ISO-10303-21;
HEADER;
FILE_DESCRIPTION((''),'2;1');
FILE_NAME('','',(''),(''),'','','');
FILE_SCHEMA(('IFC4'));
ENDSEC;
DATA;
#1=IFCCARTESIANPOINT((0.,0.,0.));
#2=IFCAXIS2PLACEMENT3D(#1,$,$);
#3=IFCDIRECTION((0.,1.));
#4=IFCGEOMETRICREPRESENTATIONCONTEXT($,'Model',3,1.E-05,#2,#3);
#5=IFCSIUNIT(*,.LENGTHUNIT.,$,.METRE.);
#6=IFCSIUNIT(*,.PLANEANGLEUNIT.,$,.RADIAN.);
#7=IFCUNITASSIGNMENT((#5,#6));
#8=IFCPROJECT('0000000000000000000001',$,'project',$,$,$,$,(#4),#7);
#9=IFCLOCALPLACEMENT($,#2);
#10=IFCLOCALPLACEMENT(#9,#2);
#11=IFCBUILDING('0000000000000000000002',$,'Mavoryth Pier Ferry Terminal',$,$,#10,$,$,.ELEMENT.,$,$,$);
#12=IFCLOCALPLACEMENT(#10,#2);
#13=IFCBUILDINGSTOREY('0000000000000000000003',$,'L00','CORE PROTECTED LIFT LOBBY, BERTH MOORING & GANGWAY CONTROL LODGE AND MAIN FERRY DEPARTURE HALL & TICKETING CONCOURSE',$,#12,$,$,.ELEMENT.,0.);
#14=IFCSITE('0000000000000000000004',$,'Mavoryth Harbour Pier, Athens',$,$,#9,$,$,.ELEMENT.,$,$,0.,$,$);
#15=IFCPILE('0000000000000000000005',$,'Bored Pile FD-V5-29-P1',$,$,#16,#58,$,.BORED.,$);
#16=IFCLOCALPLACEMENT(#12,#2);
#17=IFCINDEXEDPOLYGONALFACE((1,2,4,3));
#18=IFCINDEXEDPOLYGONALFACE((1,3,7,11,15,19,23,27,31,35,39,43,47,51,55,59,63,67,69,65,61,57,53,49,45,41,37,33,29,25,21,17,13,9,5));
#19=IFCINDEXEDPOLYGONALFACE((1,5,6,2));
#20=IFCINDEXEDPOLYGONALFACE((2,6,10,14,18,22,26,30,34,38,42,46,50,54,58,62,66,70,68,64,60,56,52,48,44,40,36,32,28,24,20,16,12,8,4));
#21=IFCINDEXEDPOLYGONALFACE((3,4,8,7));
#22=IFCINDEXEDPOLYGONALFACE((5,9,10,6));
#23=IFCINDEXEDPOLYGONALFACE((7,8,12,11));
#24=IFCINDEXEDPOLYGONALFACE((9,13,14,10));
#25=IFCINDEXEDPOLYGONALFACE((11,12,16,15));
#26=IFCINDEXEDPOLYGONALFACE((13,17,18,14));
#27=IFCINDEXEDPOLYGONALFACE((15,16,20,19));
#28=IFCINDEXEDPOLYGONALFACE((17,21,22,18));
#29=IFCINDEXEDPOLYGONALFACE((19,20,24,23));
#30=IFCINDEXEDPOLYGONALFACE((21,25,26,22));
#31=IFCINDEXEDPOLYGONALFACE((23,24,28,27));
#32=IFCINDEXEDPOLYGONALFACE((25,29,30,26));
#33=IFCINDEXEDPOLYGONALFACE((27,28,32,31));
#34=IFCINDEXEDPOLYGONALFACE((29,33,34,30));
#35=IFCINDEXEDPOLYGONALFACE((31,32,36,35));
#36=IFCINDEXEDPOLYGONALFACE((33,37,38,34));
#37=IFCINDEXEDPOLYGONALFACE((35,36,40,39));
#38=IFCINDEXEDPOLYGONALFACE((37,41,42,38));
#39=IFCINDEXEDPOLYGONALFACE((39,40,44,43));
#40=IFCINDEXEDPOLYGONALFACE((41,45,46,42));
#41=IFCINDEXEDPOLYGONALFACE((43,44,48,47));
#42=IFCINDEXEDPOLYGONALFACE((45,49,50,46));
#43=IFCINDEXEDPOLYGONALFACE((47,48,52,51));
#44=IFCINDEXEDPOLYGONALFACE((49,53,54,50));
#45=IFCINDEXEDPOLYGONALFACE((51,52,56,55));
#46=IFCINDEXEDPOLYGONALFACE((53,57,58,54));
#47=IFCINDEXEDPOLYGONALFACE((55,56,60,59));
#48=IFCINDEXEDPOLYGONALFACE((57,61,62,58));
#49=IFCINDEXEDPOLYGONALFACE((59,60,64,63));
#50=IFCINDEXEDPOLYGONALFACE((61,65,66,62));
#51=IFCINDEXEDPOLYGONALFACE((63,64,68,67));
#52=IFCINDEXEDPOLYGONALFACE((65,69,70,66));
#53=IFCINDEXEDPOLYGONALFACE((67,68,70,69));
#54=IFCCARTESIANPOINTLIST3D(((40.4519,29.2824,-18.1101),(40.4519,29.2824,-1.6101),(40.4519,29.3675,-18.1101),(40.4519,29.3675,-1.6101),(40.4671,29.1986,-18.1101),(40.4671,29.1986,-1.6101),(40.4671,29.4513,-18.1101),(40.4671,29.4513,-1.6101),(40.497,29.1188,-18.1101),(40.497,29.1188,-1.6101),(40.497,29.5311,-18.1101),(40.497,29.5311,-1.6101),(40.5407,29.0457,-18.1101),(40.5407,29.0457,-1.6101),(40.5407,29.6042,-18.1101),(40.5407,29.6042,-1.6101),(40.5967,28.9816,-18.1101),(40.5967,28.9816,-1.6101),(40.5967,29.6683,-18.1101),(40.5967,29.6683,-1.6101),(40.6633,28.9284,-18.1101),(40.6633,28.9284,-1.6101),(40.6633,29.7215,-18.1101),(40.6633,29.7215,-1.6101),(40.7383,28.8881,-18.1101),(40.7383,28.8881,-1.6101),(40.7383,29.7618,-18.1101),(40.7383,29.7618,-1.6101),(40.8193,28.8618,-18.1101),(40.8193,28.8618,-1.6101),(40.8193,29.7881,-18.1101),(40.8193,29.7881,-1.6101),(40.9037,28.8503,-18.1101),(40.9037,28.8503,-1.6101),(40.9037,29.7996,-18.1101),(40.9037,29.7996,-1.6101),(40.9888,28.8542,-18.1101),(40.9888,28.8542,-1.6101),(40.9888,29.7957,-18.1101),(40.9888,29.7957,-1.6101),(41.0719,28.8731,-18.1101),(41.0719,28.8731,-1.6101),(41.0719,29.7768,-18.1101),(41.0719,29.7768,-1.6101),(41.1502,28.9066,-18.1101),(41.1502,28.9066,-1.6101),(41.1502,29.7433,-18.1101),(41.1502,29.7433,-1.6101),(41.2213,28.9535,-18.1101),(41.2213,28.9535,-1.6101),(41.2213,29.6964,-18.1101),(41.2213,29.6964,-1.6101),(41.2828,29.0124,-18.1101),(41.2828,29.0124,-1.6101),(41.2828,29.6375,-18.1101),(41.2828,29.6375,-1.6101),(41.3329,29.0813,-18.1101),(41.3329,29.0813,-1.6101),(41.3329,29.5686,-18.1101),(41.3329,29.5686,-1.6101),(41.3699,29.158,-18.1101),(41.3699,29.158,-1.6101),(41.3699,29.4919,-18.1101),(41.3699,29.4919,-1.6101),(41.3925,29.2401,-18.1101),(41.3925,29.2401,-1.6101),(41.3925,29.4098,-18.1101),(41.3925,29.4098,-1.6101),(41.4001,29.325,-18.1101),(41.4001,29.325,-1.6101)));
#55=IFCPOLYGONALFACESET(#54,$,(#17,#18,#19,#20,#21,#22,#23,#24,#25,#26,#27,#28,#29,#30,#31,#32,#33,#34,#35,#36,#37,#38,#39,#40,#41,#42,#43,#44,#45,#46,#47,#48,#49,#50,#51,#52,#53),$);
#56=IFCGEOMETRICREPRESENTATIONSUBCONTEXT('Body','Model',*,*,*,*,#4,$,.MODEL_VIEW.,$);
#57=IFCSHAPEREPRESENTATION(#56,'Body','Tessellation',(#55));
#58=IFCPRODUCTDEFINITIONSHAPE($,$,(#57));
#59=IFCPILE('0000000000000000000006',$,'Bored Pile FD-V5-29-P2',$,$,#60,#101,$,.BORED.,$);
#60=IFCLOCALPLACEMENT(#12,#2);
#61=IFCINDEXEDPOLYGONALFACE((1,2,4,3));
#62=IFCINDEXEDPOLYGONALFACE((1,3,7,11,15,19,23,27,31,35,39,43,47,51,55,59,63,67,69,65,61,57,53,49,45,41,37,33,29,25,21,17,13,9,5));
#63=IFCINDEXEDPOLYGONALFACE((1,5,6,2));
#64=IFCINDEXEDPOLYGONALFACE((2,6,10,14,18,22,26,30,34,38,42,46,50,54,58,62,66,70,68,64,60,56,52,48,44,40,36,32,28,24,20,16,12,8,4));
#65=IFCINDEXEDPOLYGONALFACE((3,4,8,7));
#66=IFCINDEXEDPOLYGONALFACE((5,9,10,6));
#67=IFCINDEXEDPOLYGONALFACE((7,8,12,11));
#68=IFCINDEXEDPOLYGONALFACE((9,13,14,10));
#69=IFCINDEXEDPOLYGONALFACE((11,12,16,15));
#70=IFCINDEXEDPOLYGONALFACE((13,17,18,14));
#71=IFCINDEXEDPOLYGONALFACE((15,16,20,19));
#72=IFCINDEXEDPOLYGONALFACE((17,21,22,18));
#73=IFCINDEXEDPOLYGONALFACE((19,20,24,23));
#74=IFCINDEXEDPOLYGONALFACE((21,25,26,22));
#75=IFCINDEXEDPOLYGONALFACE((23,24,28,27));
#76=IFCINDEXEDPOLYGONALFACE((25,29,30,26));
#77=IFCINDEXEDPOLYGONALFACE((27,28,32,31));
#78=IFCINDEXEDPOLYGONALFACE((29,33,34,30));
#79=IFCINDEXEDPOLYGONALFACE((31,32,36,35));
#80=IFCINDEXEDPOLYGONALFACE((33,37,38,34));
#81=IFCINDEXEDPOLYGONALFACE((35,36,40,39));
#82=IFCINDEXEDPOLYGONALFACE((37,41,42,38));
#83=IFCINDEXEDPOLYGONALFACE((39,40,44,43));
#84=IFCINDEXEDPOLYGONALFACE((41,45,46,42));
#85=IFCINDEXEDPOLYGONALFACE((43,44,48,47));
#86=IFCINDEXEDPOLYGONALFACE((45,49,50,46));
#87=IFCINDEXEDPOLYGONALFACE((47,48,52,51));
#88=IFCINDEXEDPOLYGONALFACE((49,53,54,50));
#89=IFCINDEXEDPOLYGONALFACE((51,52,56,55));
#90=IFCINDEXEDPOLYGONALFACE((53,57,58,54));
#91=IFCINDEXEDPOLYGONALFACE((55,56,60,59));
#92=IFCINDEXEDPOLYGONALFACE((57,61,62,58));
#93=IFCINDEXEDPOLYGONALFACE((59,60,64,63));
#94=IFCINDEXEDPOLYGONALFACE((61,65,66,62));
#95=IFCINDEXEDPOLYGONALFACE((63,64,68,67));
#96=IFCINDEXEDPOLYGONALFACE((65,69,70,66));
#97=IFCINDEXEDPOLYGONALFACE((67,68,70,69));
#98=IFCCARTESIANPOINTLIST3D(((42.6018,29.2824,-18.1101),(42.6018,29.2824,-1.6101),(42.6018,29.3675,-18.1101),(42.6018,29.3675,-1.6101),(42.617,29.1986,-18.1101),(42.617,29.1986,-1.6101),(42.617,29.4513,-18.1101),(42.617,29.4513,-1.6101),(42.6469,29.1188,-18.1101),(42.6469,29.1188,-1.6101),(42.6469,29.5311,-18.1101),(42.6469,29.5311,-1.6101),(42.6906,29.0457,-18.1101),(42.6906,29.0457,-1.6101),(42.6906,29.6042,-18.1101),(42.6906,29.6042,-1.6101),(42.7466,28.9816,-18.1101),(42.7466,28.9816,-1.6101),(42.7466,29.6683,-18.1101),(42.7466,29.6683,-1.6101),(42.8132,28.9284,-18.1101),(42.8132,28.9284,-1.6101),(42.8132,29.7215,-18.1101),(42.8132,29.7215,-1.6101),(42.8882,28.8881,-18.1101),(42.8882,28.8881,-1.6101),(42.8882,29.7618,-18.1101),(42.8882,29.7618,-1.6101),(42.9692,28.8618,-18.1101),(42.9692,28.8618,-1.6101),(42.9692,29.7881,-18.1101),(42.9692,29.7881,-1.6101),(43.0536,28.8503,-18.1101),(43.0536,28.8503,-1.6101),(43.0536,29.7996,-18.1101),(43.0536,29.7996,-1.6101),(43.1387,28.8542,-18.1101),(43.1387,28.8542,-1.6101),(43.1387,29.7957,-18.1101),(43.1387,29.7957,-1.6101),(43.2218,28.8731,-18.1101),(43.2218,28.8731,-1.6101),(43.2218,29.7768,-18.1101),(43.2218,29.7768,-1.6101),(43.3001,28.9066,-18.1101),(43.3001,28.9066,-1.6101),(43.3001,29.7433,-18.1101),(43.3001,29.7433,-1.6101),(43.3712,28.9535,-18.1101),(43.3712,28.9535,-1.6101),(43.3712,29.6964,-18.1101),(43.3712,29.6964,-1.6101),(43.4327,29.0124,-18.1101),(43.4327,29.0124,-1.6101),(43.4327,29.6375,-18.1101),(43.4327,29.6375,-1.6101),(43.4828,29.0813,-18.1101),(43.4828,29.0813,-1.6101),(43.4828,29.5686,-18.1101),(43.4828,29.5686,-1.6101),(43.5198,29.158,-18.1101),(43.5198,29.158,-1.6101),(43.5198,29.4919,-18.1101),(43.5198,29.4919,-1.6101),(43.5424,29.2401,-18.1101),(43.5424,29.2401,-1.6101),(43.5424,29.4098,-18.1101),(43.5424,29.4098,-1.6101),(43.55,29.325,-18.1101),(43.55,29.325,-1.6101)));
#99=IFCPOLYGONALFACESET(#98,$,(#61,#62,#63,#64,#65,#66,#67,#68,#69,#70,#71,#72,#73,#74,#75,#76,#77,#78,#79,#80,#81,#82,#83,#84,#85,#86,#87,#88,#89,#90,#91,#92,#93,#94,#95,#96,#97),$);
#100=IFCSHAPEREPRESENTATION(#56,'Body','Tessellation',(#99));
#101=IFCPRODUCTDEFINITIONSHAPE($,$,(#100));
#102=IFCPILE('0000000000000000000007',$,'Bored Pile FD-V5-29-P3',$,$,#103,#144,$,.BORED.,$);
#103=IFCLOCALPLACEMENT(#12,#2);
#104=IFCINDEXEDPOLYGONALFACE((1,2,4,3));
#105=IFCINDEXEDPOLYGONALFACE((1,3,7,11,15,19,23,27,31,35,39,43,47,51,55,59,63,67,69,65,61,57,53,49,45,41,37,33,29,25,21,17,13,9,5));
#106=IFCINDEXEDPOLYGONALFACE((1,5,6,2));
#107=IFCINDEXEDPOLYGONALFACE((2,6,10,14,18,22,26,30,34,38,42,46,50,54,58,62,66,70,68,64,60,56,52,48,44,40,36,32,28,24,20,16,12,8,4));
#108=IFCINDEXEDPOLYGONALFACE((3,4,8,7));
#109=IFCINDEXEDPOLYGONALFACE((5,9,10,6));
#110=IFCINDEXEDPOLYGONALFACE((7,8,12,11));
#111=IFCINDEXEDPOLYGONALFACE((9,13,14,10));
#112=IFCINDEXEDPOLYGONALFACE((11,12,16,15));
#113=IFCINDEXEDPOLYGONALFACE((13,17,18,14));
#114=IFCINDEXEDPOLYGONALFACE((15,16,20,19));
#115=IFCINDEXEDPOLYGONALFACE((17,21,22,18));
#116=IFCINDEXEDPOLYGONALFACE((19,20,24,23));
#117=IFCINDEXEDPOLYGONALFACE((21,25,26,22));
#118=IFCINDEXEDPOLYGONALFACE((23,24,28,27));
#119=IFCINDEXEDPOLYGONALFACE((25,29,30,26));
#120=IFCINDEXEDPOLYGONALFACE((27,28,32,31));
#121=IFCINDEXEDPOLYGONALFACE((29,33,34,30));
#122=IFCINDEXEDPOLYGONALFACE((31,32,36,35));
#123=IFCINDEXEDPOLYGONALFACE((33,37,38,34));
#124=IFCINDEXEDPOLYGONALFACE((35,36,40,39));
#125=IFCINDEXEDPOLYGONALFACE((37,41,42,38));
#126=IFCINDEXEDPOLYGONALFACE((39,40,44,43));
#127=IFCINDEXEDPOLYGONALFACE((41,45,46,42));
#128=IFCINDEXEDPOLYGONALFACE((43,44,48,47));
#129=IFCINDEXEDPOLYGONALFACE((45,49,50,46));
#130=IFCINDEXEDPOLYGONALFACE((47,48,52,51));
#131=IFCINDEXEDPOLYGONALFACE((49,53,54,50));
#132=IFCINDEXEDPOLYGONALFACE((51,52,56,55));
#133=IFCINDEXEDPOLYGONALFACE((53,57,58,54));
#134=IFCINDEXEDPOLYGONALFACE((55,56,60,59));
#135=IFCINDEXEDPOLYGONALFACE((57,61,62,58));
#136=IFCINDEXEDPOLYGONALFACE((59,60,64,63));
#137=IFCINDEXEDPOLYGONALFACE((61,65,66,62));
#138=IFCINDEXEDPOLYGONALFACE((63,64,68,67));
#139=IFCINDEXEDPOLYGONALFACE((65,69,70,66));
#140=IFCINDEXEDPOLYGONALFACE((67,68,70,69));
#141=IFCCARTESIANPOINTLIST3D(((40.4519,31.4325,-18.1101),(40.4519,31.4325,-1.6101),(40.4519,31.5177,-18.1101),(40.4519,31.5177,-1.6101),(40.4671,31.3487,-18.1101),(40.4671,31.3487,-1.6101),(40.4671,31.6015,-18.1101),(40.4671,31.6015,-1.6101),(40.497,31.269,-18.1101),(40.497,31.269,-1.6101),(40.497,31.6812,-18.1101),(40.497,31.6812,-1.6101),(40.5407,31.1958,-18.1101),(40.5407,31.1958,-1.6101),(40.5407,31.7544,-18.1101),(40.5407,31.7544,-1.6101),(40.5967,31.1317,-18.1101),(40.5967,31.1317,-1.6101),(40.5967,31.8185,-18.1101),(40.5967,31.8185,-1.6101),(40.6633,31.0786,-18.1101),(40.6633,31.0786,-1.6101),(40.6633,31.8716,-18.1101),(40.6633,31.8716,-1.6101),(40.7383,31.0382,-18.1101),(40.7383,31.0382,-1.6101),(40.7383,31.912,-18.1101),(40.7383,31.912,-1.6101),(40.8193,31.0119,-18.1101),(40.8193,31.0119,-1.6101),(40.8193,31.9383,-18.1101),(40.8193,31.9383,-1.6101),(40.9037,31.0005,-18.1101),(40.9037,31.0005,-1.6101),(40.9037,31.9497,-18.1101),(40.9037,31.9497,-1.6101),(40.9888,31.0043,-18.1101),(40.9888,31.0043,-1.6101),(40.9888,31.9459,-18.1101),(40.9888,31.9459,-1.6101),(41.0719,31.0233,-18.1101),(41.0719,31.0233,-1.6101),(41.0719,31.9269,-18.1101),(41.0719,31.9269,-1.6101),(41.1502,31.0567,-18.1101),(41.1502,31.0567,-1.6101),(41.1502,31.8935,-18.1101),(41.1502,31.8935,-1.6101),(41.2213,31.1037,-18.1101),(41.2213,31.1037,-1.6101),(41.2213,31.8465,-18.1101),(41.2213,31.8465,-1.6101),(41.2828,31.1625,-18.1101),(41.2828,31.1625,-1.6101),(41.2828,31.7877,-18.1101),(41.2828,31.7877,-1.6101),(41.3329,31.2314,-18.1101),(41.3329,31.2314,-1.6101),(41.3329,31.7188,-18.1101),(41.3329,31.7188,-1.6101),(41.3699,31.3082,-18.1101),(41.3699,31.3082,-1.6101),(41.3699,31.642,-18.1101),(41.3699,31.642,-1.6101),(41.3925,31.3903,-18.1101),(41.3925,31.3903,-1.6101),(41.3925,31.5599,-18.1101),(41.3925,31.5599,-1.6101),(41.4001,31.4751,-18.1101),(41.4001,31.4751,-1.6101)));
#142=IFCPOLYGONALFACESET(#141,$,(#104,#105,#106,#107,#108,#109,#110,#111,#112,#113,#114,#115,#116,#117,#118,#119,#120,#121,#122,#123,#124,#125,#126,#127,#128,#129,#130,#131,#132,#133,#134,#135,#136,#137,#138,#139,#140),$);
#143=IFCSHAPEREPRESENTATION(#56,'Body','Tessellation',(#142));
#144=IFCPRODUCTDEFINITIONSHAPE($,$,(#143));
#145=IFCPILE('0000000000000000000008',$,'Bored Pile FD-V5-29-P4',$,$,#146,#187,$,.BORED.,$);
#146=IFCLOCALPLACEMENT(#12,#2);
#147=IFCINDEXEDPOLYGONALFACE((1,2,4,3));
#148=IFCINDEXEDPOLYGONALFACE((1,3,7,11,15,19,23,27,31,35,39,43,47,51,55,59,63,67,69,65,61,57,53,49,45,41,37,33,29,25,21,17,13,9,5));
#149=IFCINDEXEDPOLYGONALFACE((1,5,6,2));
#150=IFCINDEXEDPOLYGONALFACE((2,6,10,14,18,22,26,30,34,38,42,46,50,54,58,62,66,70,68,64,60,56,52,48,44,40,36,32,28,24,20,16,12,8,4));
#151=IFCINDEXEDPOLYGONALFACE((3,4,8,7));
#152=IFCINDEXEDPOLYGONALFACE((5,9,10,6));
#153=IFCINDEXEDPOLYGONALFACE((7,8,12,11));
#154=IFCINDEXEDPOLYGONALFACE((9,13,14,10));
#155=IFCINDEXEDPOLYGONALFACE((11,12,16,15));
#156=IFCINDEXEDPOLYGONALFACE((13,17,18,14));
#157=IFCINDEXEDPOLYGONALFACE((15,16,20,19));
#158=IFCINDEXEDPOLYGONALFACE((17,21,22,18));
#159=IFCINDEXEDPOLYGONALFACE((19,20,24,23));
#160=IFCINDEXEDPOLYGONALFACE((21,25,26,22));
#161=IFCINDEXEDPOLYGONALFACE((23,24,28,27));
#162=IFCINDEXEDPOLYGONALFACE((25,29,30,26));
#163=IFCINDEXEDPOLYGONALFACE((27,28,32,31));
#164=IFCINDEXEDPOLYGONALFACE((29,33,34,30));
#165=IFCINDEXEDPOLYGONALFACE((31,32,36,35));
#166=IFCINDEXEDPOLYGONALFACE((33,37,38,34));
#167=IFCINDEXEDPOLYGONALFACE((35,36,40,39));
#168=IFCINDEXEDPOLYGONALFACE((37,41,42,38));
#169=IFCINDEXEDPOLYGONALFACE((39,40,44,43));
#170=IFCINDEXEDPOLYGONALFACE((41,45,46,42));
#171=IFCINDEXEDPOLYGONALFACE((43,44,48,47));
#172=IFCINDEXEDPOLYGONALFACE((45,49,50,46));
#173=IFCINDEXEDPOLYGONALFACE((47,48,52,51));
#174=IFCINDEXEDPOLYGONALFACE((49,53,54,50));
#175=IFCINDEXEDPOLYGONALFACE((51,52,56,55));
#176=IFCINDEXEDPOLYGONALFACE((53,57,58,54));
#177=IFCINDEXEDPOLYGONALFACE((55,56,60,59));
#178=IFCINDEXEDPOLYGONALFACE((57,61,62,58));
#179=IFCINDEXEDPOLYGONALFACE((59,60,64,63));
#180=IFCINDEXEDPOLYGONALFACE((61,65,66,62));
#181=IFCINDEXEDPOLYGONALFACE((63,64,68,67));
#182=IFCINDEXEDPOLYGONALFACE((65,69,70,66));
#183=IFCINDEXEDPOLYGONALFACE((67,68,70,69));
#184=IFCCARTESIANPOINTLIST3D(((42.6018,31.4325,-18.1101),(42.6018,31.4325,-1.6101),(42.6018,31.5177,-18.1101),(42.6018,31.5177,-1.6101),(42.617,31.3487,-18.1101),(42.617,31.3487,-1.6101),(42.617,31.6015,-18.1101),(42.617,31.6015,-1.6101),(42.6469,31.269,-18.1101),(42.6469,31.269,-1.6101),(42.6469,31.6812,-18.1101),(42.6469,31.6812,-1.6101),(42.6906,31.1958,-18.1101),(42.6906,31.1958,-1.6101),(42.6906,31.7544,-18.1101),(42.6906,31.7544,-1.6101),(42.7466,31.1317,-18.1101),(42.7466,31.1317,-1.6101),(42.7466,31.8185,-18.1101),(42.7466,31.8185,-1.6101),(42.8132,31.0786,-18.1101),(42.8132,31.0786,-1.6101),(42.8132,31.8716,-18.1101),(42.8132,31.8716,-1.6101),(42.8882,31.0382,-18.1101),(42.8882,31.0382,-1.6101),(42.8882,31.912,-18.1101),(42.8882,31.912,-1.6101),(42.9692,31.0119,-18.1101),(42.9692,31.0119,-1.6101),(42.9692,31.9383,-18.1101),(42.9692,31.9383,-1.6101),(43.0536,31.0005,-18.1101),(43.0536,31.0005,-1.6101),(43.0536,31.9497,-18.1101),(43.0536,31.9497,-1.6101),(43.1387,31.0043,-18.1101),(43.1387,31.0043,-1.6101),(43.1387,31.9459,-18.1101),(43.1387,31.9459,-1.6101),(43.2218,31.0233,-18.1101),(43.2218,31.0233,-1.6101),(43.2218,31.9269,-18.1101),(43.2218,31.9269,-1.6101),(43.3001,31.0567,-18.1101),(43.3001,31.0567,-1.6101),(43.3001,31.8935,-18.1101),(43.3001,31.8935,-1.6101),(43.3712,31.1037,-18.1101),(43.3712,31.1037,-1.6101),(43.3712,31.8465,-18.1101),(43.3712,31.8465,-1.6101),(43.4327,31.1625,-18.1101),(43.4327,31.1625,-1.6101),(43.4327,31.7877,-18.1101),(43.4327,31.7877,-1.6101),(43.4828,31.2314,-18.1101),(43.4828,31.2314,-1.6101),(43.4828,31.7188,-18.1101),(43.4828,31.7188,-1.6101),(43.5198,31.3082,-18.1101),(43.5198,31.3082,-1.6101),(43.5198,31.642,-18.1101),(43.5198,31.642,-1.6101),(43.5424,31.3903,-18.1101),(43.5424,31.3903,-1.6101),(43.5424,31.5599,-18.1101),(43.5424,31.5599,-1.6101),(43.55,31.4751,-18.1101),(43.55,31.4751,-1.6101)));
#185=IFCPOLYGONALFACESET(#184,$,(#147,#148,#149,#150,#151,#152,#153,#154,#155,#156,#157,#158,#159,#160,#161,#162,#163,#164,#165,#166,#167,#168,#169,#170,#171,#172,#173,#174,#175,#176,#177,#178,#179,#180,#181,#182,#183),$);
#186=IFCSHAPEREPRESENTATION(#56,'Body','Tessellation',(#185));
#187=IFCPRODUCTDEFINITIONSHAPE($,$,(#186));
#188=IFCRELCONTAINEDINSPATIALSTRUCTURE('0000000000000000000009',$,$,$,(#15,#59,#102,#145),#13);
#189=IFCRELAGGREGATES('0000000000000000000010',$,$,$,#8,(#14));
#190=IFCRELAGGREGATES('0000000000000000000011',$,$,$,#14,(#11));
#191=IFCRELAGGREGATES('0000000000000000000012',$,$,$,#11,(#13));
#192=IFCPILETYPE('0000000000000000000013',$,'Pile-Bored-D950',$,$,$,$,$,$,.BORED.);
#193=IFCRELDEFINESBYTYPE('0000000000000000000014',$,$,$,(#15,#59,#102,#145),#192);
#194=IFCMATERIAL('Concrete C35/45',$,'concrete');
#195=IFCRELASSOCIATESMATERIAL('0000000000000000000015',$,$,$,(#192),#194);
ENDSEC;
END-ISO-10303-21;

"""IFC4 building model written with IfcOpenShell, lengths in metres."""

from ifc_helpers import new_model, si_unit, direction, frame, origin, origin_2d, place, context, subcontext, project, spatial, circle, extrude, material, material_profile, profile_set, type_object, element, save


model = new_model("IFC4")

# Units and contexts
model_context = context("Model", 3, precision=1e-05, world=origin(), true_north=direction((0.0, 1.0)))
body_context = subcontext(model_context, "Body", "Model", "MODEL_VIEW")
ifc_project = project(units=[si_unit("LENGTHUNIT", "METRE"), si_unit("PLANEANGLEUNIT", "RADIAN")], contexts=[model_context])

# Site, building, storey
site_placement = place(None, origin())
site = spatial("IfcSite", under=ifc_project, at=site_placement, Name="Mavoryth Harbour Pier, Athens", CompositionType="ELEMENT", RefElevation=0.0)
building_placement = place(site_placement, origin())
building = spatial("IfcBuilding", under=site, at=building_placement, Name="Mavoryth Pier Ferry Terminal", CompositionType="ELEMENT")
storey_placement = place(building_placement, origin())
storey = spatial("IfcBuildingStorey", under=building, at=storey_placement, Name="L00", Description="CORE PROTECTED LIFT LOBBY, BERTH MOORING & GANGWAY CONTROL LODGE AND MAIN FERRY DEPARTURE HALL & TICKETING CONCOURSE", CompositionType="ELEMENT", Elevation=0.0)

# Shared definitions
ifc_material_1 = material(Name="Concrete C35/45", Category="concrete")

# Piles
ifc_material_profile_1 = material_profile(ifc_material_1, circle(Radius=0.4751, at=origin_2d()), Name="PILE D950", Category="concrete")
ifc_profile_set_1 = profile_set([ifc_material_profile_1], Name="Concrete C35/45 - PILE D950")
pile_type_1 = type_object("IfcPileType", Name="Pile-Bored-D950", PredefinedType="BORED", material=ifc_profile_set_1)
for number, where, z_axis, x_axis, name in (
    (1, (40.925, 29.325, -1.6101), (0.0, 0.0, -1.0), (1.0, 0.0, 0.0), "Bored Pile FD-V5-29-P1"),
    (2, (43.075, 29.325, -1.6101), (0.0, 0.0, -1.0), (1.0, 0.0, 0.0), "Bored Pile FD-V5-29-P2"),
    (3, (40.925, 31.4751, -1.6101), (0.0, 0.0, -1.0), (1.0, 0.0, 0.0), "Bored Pile FD-V5-29-P3"),
    (4, (43.075, 31.4751, -1.6101), (0.0, 0.0, -1.0), (1.0, 0.0, 0.0), "Bored Pile FD-V5-29-P4"),
):
    element("IfcPile", number, at=place(storey_placement, frame(where, z_axis=z_axis, x_axis=x_axis)), inside=storey, type_object=pile_type_1, Name=name, PredefinedType="BORED", context=body_context, shape_type="SweptSolid", body=[
        extrude(circle(Radius=0.4751, at=origin_2d()), origin(), (0.0, 0.0, 1.0), 16.5),
    ])

save(model, "model.ifc")
